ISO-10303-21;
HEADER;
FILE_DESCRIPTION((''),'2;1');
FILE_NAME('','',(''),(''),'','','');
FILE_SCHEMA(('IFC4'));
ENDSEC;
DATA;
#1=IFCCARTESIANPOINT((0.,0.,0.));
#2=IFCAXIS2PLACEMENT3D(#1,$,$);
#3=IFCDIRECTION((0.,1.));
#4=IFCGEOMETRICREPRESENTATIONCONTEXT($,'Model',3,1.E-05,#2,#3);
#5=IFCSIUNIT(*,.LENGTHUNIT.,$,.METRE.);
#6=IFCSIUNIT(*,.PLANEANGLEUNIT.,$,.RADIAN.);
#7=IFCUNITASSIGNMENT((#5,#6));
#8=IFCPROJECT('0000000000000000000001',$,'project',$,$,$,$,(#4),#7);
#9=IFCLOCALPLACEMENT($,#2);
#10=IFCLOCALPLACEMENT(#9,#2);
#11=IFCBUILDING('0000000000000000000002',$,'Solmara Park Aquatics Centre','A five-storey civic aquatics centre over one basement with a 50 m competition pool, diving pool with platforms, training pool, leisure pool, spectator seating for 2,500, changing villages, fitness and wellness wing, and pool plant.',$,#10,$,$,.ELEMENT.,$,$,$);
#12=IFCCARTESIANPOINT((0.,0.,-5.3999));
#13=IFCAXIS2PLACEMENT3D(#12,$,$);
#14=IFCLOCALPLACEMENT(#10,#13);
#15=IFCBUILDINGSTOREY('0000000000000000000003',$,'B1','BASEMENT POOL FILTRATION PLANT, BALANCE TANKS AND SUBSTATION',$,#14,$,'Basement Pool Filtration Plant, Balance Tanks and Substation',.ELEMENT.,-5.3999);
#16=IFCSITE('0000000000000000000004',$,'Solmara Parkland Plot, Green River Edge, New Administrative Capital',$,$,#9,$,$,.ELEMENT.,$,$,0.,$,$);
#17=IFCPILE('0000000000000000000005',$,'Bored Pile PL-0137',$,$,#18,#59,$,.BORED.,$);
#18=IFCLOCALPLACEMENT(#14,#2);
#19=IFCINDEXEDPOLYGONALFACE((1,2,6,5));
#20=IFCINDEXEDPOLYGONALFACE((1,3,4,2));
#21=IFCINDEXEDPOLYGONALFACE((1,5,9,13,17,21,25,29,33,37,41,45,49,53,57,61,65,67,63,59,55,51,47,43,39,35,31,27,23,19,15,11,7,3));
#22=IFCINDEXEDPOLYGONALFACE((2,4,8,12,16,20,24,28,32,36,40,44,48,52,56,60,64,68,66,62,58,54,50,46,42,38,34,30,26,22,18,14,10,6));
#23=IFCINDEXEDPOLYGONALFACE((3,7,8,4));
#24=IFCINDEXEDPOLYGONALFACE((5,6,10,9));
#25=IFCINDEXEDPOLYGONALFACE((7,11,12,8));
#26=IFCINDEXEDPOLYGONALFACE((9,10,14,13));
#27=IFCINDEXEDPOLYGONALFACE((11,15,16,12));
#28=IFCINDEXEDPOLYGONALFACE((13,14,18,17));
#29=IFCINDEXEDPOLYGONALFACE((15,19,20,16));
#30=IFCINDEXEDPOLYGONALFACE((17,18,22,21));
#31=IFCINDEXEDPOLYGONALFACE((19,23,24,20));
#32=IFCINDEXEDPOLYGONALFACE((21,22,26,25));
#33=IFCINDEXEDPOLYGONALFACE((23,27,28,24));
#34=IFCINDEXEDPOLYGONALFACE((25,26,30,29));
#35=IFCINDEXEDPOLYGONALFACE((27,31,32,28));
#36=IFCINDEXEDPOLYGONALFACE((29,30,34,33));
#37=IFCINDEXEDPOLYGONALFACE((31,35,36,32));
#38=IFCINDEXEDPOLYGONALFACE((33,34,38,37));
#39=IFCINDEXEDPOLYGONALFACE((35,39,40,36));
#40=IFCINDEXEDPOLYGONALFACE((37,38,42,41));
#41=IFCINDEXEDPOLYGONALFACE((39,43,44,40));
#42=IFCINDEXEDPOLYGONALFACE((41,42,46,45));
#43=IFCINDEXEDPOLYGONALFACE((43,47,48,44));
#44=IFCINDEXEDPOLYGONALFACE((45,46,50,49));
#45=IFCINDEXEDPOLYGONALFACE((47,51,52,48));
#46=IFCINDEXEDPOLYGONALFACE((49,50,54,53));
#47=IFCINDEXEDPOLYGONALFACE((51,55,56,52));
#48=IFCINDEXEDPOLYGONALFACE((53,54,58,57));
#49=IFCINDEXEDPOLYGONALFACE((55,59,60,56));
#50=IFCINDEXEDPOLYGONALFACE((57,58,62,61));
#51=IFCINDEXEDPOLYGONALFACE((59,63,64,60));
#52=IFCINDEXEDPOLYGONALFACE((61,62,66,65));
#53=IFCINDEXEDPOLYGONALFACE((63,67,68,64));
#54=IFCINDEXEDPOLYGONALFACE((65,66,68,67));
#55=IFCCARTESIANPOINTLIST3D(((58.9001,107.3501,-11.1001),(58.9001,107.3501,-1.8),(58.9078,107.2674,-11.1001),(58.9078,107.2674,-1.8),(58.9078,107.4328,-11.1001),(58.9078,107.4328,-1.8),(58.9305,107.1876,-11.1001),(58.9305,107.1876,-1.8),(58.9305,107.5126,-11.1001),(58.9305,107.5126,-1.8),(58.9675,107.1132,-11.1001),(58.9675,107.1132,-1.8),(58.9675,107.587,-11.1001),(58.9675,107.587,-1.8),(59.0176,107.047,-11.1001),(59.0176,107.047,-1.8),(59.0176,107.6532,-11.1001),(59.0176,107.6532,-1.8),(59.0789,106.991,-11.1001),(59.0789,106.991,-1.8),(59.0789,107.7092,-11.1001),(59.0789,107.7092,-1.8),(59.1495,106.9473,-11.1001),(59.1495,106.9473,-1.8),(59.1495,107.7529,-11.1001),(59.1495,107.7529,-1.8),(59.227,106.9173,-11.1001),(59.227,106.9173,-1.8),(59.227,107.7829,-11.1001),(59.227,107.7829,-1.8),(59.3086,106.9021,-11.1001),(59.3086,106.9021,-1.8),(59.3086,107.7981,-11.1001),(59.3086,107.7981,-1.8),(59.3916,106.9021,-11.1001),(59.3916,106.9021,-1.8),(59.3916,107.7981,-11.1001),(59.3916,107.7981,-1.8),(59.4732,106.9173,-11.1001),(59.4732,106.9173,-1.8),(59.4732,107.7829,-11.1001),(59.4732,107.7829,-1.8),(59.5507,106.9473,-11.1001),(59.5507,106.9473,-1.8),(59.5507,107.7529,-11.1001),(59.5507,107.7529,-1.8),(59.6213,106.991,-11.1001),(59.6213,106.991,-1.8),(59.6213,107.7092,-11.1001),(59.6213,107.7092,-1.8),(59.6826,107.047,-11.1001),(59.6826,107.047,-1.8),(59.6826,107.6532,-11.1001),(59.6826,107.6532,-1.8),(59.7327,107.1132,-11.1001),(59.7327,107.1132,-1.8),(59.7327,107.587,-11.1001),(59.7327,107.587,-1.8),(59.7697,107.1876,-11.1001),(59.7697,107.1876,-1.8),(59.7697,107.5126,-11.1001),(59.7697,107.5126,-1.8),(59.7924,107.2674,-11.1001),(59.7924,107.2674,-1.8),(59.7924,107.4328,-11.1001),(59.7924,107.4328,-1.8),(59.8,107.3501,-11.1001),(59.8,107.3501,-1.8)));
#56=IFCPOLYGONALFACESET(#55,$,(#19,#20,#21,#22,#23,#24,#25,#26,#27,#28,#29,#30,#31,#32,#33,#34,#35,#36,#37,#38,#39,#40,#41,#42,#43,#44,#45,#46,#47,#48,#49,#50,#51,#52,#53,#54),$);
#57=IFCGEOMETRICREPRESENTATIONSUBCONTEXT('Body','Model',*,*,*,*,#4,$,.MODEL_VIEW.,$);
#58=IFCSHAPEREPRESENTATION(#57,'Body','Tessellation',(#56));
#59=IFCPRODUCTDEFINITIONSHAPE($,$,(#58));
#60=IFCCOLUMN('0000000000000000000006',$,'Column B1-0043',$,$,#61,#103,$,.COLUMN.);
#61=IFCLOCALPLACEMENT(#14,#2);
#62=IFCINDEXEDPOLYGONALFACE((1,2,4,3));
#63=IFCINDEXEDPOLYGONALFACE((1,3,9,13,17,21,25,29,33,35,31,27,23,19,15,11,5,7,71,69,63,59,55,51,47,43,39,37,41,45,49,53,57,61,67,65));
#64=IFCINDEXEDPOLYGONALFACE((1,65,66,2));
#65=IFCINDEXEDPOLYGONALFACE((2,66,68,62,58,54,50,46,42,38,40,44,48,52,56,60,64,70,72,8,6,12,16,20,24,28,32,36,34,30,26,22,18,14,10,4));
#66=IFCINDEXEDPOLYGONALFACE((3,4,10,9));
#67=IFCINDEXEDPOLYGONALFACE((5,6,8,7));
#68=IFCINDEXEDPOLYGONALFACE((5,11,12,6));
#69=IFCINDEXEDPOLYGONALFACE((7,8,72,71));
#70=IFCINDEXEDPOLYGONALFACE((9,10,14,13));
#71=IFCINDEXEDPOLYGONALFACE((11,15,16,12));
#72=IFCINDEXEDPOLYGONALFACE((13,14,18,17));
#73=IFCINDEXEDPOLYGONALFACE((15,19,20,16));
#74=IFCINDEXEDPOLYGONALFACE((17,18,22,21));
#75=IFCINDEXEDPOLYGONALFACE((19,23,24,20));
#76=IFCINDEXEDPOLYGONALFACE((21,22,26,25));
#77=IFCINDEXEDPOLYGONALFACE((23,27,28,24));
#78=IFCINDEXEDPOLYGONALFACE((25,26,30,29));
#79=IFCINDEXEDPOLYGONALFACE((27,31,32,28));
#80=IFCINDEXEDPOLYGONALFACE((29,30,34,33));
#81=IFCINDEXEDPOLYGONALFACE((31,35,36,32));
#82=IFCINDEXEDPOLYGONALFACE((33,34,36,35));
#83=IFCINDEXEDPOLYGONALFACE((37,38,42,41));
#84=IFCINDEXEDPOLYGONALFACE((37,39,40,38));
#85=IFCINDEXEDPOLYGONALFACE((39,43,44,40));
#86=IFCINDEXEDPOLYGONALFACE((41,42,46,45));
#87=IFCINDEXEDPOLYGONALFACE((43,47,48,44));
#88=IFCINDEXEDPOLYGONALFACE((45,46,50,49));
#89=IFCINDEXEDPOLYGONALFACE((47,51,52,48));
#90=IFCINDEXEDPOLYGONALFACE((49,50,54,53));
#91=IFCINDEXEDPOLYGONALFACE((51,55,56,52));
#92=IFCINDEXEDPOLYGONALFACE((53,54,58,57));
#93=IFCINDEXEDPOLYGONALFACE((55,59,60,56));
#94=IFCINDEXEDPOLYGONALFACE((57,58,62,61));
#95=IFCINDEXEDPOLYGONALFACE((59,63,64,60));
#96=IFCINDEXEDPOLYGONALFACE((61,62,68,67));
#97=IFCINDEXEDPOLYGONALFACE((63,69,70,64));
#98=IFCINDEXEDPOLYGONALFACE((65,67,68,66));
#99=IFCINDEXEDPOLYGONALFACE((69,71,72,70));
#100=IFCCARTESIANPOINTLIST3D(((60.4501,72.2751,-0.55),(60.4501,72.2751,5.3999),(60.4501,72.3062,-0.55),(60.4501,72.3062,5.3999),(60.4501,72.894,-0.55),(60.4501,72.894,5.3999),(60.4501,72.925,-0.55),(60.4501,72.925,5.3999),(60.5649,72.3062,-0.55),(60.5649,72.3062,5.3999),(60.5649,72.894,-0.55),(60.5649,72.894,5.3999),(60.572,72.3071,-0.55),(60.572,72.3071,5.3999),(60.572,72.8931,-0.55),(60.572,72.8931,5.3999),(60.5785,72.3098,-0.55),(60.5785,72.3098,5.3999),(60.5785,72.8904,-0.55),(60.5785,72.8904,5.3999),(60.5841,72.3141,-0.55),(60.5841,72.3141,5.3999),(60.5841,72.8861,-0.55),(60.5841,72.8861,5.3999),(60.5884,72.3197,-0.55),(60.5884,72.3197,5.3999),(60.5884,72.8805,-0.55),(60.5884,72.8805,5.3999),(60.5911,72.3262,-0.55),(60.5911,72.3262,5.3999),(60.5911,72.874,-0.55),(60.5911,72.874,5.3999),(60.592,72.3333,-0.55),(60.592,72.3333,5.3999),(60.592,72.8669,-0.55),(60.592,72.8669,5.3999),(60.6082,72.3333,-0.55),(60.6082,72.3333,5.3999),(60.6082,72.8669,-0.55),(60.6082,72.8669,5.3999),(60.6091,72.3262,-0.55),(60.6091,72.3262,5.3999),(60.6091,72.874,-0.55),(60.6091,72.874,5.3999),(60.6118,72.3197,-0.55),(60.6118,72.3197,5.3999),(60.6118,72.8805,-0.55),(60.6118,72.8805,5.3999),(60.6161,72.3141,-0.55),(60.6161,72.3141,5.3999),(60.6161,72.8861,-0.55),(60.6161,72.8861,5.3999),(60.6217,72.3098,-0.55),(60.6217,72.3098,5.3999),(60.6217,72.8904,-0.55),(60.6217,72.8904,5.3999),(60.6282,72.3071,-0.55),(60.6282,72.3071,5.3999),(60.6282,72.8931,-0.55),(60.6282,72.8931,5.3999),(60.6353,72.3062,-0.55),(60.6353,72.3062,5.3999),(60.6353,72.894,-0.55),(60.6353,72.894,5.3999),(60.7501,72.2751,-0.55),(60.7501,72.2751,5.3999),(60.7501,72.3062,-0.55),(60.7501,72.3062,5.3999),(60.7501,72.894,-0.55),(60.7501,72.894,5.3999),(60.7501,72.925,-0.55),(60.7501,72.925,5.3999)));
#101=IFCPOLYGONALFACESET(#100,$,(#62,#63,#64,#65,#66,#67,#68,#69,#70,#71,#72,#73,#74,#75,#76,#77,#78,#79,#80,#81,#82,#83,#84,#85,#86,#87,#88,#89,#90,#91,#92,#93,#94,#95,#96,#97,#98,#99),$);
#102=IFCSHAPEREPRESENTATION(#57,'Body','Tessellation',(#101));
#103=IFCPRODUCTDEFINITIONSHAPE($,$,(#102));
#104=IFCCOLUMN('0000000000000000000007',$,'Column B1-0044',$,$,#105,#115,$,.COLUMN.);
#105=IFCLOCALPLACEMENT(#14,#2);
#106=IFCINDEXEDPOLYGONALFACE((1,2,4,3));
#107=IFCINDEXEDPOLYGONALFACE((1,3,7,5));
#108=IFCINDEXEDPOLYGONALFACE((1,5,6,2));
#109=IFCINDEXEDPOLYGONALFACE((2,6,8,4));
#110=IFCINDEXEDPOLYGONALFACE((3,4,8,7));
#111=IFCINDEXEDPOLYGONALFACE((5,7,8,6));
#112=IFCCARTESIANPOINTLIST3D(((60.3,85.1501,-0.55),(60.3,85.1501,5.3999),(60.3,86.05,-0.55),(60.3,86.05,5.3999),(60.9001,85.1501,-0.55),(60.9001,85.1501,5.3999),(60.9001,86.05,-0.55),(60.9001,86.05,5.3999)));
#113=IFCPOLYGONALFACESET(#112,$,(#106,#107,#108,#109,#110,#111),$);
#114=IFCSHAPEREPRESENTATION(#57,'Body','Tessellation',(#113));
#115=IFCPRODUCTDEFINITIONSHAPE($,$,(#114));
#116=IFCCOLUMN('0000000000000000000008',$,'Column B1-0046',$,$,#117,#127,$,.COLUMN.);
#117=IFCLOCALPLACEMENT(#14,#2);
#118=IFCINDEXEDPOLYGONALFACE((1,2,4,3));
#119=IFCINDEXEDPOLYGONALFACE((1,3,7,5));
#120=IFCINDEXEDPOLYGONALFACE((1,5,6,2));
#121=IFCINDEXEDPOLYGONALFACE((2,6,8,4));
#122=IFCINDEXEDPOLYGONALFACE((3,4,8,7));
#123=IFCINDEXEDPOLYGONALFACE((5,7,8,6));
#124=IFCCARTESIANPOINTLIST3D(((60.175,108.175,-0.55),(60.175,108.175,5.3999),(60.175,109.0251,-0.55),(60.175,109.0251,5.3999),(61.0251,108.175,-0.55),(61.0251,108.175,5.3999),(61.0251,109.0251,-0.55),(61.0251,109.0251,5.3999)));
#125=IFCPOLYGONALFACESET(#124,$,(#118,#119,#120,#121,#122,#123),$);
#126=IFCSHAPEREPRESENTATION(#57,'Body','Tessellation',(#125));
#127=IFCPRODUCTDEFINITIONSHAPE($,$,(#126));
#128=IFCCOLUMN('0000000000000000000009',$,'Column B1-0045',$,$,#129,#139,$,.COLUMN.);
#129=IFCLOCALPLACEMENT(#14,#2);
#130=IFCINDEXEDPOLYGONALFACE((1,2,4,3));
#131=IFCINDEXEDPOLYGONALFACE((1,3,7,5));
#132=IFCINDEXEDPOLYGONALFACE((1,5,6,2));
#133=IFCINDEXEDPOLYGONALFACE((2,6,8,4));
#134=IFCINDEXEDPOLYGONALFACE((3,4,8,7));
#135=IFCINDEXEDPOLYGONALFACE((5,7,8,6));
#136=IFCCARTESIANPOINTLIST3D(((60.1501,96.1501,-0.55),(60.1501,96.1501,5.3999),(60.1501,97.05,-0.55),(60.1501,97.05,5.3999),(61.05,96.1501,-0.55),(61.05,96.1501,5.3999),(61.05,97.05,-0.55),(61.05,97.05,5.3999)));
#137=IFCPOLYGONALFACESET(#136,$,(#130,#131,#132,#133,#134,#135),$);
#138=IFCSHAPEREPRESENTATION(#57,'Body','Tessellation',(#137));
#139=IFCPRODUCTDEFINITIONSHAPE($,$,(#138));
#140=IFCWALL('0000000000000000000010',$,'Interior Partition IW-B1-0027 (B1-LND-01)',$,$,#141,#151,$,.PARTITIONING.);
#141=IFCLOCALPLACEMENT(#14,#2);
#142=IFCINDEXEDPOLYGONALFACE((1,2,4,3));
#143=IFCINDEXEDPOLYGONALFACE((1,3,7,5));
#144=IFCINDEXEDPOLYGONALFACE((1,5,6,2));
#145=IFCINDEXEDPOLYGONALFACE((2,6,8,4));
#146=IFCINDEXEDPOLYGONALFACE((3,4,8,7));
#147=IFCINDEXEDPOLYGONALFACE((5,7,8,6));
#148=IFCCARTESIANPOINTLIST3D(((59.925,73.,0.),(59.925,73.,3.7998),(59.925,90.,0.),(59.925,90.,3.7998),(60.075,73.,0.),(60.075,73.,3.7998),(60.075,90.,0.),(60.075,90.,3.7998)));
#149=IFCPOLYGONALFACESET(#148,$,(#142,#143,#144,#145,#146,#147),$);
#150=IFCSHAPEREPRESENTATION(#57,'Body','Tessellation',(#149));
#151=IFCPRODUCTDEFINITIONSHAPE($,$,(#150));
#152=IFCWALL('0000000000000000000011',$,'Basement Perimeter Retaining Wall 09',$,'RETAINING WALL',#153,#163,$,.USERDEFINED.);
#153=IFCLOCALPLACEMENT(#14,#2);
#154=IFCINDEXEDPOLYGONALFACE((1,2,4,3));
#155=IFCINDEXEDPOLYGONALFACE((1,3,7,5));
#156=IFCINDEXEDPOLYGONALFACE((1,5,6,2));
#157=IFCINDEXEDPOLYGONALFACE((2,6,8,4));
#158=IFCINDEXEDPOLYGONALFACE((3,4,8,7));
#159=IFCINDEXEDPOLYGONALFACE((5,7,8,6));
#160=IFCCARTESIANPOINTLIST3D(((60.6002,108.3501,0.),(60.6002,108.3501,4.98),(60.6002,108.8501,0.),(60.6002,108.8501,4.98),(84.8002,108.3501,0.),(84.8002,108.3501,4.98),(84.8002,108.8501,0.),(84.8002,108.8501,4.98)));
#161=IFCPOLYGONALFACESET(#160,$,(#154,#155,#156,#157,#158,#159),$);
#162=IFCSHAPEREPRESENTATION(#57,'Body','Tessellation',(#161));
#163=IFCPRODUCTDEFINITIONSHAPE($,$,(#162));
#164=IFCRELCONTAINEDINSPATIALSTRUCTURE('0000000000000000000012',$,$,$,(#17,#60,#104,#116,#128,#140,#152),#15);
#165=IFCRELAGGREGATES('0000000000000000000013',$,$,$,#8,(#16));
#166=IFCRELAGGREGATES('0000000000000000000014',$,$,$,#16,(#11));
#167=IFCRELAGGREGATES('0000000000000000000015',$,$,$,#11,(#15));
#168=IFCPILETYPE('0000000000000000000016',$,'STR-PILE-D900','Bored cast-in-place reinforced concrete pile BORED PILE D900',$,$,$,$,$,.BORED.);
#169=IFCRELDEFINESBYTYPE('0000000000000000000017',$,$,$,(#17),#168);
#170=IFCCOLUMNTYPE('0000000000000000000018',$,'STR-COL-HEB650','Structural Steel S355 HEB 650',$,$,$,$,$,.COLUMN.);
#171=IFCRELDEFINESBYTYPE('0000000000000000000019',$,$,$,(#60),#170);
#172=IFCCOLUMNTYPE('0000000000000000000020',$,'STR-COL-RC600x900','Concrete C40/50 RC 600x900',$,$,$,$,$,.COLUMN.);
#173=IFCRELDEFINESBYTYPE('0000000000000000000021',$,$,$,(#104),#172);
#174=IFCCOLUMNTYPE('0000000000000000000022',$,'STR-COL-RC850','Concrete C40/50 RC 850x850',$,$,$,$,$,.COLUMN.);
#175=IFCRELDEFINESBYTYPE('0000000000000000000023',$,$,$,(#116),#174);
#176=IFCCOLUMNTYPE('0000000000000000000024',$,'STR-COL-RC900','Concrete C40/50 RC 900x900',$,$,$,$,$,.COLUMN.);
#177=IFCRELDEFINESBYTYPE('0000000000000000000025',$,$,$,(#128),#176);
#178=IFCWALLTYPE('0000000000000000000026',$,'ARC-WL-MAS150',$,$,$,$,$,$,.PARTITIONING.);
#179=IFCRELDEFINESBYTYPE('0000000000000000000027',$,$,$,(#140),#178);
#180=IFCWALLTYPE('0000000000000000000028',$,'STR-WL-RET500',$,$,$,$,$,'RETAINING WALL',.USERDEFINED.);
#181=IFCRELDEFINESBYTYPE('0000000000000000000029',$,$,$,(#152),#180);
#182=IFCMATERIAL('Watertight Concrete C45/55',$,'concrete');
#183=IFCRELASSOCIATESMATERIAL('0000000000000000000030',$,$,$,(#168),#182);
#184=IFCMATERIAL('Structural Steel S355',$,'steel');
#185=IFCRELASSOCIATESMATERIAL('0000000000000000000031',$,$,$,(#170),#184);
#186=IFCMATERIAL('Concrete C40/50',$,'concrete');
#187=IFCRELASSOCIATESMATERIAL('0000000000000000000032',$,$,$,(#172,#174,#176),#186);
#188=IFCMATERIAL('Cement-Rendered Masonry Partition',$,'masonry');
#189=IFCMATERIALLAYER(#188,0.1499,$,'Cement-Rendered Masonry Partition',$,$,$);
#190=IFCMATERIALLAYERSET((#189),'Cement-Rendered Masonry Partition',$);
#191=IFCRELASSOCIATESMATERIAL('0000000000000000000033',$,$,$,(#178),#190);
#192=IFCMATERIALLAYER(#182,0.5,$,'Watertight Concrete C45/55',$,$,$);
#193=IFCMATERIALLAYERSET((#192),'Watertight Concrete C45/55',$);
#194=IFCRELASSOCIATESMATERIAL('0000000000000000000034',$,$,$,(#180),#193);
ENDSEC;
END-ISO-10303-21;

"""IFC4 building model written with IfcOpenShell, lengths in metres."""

from ifc_helpers import new_model, si_unit, direction, frame, frame_2d, origin, origin_2d, place, context, subcontext, project, spatial, rectangle, circle, i_section, extrude, material, layer, layer_set, material_profile, profile_set, type_object, element, save


model = new_model("IFC4")

# Units and contexts
model_context = context("Model", 3, precision=1e-05, world=origin(), true_north=direction((0.0, 1.0)))
body_context = subcontext(model_context, "Body", "Model", "MODEL_VIEW")
ifc_project = project(units=[si_unit("LENGTHUNIT", "METRE"), si_unit("PLANEANGLEUNIT", "RADIAN")], contexts=[model_context])

# Site, building, storey
site_placement = place(None, origin())
site = spatial("IfcSite", under=ifc_project, at=site_placement, Name="Solmara Parkland Plot, Green River Edge, New Administrative Capital", CompositionType="ELEMENT", RefElevation=0.0)
building_placement = place(site_placement, origin())
building = spatial("IfcBuilding", under=site, at=building_placement, Name="Solmara Park Aquatics Centre", Description="A five-storey civic aquatics centre over one basement with a 50 m competition pool, diving pool with platforms, training pool, leisure pool, spectator seating for 2,500, changing villages, fitness and wellness wing, and pool plant.", CompositionType="ELEMENT")
storey_placement = place(building_placement, frame((0.0, 0.0, -5.3999)))
storey = spatial("IfcBuildingStorey", under=building, at=storey_placement, Name="B1", Description="BASEMENT POOL FILTRATION PLANT, BALANCE TANKS AND SUBSTATION", LongName="Basement Pool Filtration Plant, Balance Tanks and Substation", CompositionType="ELEMENT", Elevation=-5.3999)

# Shared definitions
ifc_material_1 = material(Name="Watertight Concrete C45/55", Category="concrete")

# Pile
ifc_material_profile_1 = material_profile(ifc_material_1, circle(Radius=0.45, at=origin_2d()), Name="BORED PILE D900")
ifc_profile_set_1 = profile_set([ifc_material_profile_1], Name="Watertight Concrete C45/55")
pile_type_1 = type_object("IfcPileType", Name="STR-PILE-D900", Description="Bored cast-in-place reinforced concrete pile BORED PILE D900", PredefinedType="BORED", material=ifc_profile_set_1)
pile_1_placement = place(storey_placement, frame((59.3501, 107.3501, -1.8), z_axis=(0.0, 0.0, -1.0), x_axis=(1.0, 0.0, 0.0)))
element("IfcPile", 1, at=pile_1_placement, inside=storey, type_object=pile_type_1, Name="Bored Pile PL-0137", PredefinedType="BORED", context=body_context, shape_type="SweptSolid", body=[
    extrude(circle(Radius=0.45, at=origin_2d()), origin(), (0.0, 0.0, 1.0), 9.3),
])

# Columns
ifc_material_2 = material(Name="Structural Steel S355", Category="steel")
ifc_material_profile_2 = material_profile(ifc_material_2, i_section(OverallWidth=0.3, OverallDepth=0.6499, WebThickness=0.0161, FlangeThickness=0.031, FilletRadius=0.0271, at=origin_2d()), Name="HEB 650")
ifc_profile_set_2 = profile_set([ifc_material_profile_2], Name="Structural Steel S355")
column_type_1 = type_object("IfcColumnType", Name="STR-COL-HEB650", Description="Structural Steel S355 HEB 650", PredefinedType="COLUMN", material=ifc_profile_set_2)
column_1_placement = place(storey_placement, frame((60.6001, 72.6001, -0.55), z_axis=(0.0, 0.0, 1.0), x_axis=(1.0, 0.0, 0.0)))
element("IfcColumn", 2, at=column_1_placement, inside=storey, type_object=column_type_1, Name="Column B1-0043", PredefinedType="COLUMN", context=body_context, shape_type="SweptSolid", body=[
    extrude(i_section(OverallWidth=0.3, OverallDepth=0.6499, WebThickness=0.0161, FlangeThickness=0.031, FilletRadius=0.0271, at=origin_2d()), origin(), (0.0, 0.0, 1.0), 5.95),
])
ifc_material_3 = material(Name="Concrete C40/50", Category="concrete")
ifc_material_profile_3 = material_profile(ifc_material_3, rectangle(XDim=0.6001, YDim=0.8999, at=origin_2d()), Name="RC 600x900")
ifc_profile_set_3 = profile_set([ifc_material_profile_3], Name="Concrete C40/50")
column_type_2 = type_object("IfcColumnType", Name="STR-COL-RC600x900", Description="Concrete C40/50 RC 600x900", PredefinedType="COLUMN", material=ifc_profile_set_3)
column_2_placement = place(storey_placement, frame((60.6001, 85.6001, -0.55), z_axis=(0.0, 0.0, 1.0), x_axis=(1.0, 0.0, 0.0)))
element("IfcColumn", 3, at=column_2_placement, inside=storey, type_object=column_type_2, Name="Column B1-0044", PredefinedType="COLUMN", context=body_context, shape_type="SweptSolid", body=[
    extrude(rectangle(XDim=0.6001, YDim=0.8999, at=origin_2d()), origin(), (0.0, 0.0, 1.0), 5.95),
])
ifc_material_profile_4 = material_profile(ifc_material_3, rectangle(XDim=0.8501, YDim=0.8501, at=origin_2d()), Name="RC 850x850")
ifc_profile_set_4 = profile_set([ifc_material_profile_4], Name="Concrete C40/50")
column_type_3 = type_object("IfcColumnType", Name="STR-COL-RC850", Description="Concrete C40/50 RC 850x850", PredefinedType="COLUMN", material=ifc_profile_set_4)
column_3_placement = place(storey_placement, frame((60.6001, 108.6001, -0.55), z_axis=(0.0, 0.0, 1.0), x_axis=(1.0, 0.0, 0.0)))
element("IfcColumn", 4, at=column_3_placement, inside=storey, type_object=column_type_3, Name="Column B1-0046", PredefinedType="COLUMN", context=body_context, shape_type="SweptSolid", body=[
    extrude(rectangle(XDim=0.8501, YDim=0.8501, at=origin_2d()), origin(), (0.0, 0.0, 1.0), 5.95),
])
ifc_material_profile_5 = material_profile(ifc_material_3, rectangle(XDim=0.8999, YDim=0.8999, at=origin_2d()), Name="RC 900x900")
ifc_profile_set_5 = profile_set([ifc_material_profile_5], Name="Concrete C40/50")
column_type_4 = type_object("IfcColumnType", Name="STR-COL-RC900", Description="Concrete C40/50 RC 900x900", PredefinedType="COLUMN", material=ifc_profile_set_5)
column_4_placement = place(storey_placement, frame((60.6001, 96.6001, -0.55), z_axis=(0.0, 0.0, 1.0), x_axis=(1.0, 0.0, 0.0)))
element("IfcColumn", 5, at=column_4_placement, inside=storey, type_object=column_type_4, Name="Column B1-0045", PredefinedType="COLUMN", context=body_context, shape_type="SweptSolid", body=[
    extrude(rectangle(XDim=0.8999, YDim=0.8999, at=origin_2d()), origin(), (0.0, 0.0, 1.0), 5.95),
])

# Walls
ifc_material_4 = material(Name="Cement-Rendered Masonry Partition", Category="masonry")
ifc_layer_1 = layer(ifc_material_4, 0.1499, Name="Cement-Rendered Masonry Partition")
ifc_layer_set_1 = layer_set([ifc_layer_1], Name="Cement-Rendered Masonry Partition")
wall_type_1 = type_object("IfcWallType", Name="ARC-WL-MAS150", PredefinedType="PARTITIONING", material=ifc_layer_set_1)
wall_1_placement = place(storey_placement, frame((60.0, 73.0, 0.0), z_axis=(0.0, 0.0, 1.0), x_axis=(0.0, 1.0, 0.0)))
element("IfcWall", 6, at=wall_1_placement, inside=storey, type_object=wall_type_1, Name="Interior Partition IW-B1-0027 (B1-LND-01)", PredefinedType="PARTITIONING", context=body_context, shape_type="SweptSolid", body=[
    extrude(rectangle(XDim=17.0, YDim=0.1499, at=frame_2d((8.5, 0.0))), origin(), (0.0, 0.0, 1.0), 3.7998),
])
ifc_layer_2 = layer(ifc_material_1, 0.5, Name="Watertight Concrete C45/55")
ifc_layer_set_2 = layer_set([ifc_layer_2], Name="Watertight Concrete C45/55")
wall_type_2 = type_object("IfcWallType", Name="STR-WL-RET500", ElementType="RETAINING WALL", PredefinedType="USERDEFINED", material=ifc_layer_set_2)
wall_2_placement = place(storey_placement, frame((60.6001, 108.6001, 0.0), z_axis=(0.0, 0.0, 1.0), x_axis=(1.0, 0.0, 0.0)))
element("IfcWall", 7, at=wall_2_placement, inside=storey, type_object=wall_type_2, Name="Basement Perimeter Retaining Wall 09", ObjectType="RETAINING WALL", PredefinedType="USERDEFINED", context=body_context, shape_type="SweptSolid", body=[
    extrude(rectangle(XDim=24.2, YDim=0.5, at=frame_2d((12.1001, 0.0))), origin(), (0.0, 0.0, 1.0), 4.98),
])

save(model, "model.ifc")
